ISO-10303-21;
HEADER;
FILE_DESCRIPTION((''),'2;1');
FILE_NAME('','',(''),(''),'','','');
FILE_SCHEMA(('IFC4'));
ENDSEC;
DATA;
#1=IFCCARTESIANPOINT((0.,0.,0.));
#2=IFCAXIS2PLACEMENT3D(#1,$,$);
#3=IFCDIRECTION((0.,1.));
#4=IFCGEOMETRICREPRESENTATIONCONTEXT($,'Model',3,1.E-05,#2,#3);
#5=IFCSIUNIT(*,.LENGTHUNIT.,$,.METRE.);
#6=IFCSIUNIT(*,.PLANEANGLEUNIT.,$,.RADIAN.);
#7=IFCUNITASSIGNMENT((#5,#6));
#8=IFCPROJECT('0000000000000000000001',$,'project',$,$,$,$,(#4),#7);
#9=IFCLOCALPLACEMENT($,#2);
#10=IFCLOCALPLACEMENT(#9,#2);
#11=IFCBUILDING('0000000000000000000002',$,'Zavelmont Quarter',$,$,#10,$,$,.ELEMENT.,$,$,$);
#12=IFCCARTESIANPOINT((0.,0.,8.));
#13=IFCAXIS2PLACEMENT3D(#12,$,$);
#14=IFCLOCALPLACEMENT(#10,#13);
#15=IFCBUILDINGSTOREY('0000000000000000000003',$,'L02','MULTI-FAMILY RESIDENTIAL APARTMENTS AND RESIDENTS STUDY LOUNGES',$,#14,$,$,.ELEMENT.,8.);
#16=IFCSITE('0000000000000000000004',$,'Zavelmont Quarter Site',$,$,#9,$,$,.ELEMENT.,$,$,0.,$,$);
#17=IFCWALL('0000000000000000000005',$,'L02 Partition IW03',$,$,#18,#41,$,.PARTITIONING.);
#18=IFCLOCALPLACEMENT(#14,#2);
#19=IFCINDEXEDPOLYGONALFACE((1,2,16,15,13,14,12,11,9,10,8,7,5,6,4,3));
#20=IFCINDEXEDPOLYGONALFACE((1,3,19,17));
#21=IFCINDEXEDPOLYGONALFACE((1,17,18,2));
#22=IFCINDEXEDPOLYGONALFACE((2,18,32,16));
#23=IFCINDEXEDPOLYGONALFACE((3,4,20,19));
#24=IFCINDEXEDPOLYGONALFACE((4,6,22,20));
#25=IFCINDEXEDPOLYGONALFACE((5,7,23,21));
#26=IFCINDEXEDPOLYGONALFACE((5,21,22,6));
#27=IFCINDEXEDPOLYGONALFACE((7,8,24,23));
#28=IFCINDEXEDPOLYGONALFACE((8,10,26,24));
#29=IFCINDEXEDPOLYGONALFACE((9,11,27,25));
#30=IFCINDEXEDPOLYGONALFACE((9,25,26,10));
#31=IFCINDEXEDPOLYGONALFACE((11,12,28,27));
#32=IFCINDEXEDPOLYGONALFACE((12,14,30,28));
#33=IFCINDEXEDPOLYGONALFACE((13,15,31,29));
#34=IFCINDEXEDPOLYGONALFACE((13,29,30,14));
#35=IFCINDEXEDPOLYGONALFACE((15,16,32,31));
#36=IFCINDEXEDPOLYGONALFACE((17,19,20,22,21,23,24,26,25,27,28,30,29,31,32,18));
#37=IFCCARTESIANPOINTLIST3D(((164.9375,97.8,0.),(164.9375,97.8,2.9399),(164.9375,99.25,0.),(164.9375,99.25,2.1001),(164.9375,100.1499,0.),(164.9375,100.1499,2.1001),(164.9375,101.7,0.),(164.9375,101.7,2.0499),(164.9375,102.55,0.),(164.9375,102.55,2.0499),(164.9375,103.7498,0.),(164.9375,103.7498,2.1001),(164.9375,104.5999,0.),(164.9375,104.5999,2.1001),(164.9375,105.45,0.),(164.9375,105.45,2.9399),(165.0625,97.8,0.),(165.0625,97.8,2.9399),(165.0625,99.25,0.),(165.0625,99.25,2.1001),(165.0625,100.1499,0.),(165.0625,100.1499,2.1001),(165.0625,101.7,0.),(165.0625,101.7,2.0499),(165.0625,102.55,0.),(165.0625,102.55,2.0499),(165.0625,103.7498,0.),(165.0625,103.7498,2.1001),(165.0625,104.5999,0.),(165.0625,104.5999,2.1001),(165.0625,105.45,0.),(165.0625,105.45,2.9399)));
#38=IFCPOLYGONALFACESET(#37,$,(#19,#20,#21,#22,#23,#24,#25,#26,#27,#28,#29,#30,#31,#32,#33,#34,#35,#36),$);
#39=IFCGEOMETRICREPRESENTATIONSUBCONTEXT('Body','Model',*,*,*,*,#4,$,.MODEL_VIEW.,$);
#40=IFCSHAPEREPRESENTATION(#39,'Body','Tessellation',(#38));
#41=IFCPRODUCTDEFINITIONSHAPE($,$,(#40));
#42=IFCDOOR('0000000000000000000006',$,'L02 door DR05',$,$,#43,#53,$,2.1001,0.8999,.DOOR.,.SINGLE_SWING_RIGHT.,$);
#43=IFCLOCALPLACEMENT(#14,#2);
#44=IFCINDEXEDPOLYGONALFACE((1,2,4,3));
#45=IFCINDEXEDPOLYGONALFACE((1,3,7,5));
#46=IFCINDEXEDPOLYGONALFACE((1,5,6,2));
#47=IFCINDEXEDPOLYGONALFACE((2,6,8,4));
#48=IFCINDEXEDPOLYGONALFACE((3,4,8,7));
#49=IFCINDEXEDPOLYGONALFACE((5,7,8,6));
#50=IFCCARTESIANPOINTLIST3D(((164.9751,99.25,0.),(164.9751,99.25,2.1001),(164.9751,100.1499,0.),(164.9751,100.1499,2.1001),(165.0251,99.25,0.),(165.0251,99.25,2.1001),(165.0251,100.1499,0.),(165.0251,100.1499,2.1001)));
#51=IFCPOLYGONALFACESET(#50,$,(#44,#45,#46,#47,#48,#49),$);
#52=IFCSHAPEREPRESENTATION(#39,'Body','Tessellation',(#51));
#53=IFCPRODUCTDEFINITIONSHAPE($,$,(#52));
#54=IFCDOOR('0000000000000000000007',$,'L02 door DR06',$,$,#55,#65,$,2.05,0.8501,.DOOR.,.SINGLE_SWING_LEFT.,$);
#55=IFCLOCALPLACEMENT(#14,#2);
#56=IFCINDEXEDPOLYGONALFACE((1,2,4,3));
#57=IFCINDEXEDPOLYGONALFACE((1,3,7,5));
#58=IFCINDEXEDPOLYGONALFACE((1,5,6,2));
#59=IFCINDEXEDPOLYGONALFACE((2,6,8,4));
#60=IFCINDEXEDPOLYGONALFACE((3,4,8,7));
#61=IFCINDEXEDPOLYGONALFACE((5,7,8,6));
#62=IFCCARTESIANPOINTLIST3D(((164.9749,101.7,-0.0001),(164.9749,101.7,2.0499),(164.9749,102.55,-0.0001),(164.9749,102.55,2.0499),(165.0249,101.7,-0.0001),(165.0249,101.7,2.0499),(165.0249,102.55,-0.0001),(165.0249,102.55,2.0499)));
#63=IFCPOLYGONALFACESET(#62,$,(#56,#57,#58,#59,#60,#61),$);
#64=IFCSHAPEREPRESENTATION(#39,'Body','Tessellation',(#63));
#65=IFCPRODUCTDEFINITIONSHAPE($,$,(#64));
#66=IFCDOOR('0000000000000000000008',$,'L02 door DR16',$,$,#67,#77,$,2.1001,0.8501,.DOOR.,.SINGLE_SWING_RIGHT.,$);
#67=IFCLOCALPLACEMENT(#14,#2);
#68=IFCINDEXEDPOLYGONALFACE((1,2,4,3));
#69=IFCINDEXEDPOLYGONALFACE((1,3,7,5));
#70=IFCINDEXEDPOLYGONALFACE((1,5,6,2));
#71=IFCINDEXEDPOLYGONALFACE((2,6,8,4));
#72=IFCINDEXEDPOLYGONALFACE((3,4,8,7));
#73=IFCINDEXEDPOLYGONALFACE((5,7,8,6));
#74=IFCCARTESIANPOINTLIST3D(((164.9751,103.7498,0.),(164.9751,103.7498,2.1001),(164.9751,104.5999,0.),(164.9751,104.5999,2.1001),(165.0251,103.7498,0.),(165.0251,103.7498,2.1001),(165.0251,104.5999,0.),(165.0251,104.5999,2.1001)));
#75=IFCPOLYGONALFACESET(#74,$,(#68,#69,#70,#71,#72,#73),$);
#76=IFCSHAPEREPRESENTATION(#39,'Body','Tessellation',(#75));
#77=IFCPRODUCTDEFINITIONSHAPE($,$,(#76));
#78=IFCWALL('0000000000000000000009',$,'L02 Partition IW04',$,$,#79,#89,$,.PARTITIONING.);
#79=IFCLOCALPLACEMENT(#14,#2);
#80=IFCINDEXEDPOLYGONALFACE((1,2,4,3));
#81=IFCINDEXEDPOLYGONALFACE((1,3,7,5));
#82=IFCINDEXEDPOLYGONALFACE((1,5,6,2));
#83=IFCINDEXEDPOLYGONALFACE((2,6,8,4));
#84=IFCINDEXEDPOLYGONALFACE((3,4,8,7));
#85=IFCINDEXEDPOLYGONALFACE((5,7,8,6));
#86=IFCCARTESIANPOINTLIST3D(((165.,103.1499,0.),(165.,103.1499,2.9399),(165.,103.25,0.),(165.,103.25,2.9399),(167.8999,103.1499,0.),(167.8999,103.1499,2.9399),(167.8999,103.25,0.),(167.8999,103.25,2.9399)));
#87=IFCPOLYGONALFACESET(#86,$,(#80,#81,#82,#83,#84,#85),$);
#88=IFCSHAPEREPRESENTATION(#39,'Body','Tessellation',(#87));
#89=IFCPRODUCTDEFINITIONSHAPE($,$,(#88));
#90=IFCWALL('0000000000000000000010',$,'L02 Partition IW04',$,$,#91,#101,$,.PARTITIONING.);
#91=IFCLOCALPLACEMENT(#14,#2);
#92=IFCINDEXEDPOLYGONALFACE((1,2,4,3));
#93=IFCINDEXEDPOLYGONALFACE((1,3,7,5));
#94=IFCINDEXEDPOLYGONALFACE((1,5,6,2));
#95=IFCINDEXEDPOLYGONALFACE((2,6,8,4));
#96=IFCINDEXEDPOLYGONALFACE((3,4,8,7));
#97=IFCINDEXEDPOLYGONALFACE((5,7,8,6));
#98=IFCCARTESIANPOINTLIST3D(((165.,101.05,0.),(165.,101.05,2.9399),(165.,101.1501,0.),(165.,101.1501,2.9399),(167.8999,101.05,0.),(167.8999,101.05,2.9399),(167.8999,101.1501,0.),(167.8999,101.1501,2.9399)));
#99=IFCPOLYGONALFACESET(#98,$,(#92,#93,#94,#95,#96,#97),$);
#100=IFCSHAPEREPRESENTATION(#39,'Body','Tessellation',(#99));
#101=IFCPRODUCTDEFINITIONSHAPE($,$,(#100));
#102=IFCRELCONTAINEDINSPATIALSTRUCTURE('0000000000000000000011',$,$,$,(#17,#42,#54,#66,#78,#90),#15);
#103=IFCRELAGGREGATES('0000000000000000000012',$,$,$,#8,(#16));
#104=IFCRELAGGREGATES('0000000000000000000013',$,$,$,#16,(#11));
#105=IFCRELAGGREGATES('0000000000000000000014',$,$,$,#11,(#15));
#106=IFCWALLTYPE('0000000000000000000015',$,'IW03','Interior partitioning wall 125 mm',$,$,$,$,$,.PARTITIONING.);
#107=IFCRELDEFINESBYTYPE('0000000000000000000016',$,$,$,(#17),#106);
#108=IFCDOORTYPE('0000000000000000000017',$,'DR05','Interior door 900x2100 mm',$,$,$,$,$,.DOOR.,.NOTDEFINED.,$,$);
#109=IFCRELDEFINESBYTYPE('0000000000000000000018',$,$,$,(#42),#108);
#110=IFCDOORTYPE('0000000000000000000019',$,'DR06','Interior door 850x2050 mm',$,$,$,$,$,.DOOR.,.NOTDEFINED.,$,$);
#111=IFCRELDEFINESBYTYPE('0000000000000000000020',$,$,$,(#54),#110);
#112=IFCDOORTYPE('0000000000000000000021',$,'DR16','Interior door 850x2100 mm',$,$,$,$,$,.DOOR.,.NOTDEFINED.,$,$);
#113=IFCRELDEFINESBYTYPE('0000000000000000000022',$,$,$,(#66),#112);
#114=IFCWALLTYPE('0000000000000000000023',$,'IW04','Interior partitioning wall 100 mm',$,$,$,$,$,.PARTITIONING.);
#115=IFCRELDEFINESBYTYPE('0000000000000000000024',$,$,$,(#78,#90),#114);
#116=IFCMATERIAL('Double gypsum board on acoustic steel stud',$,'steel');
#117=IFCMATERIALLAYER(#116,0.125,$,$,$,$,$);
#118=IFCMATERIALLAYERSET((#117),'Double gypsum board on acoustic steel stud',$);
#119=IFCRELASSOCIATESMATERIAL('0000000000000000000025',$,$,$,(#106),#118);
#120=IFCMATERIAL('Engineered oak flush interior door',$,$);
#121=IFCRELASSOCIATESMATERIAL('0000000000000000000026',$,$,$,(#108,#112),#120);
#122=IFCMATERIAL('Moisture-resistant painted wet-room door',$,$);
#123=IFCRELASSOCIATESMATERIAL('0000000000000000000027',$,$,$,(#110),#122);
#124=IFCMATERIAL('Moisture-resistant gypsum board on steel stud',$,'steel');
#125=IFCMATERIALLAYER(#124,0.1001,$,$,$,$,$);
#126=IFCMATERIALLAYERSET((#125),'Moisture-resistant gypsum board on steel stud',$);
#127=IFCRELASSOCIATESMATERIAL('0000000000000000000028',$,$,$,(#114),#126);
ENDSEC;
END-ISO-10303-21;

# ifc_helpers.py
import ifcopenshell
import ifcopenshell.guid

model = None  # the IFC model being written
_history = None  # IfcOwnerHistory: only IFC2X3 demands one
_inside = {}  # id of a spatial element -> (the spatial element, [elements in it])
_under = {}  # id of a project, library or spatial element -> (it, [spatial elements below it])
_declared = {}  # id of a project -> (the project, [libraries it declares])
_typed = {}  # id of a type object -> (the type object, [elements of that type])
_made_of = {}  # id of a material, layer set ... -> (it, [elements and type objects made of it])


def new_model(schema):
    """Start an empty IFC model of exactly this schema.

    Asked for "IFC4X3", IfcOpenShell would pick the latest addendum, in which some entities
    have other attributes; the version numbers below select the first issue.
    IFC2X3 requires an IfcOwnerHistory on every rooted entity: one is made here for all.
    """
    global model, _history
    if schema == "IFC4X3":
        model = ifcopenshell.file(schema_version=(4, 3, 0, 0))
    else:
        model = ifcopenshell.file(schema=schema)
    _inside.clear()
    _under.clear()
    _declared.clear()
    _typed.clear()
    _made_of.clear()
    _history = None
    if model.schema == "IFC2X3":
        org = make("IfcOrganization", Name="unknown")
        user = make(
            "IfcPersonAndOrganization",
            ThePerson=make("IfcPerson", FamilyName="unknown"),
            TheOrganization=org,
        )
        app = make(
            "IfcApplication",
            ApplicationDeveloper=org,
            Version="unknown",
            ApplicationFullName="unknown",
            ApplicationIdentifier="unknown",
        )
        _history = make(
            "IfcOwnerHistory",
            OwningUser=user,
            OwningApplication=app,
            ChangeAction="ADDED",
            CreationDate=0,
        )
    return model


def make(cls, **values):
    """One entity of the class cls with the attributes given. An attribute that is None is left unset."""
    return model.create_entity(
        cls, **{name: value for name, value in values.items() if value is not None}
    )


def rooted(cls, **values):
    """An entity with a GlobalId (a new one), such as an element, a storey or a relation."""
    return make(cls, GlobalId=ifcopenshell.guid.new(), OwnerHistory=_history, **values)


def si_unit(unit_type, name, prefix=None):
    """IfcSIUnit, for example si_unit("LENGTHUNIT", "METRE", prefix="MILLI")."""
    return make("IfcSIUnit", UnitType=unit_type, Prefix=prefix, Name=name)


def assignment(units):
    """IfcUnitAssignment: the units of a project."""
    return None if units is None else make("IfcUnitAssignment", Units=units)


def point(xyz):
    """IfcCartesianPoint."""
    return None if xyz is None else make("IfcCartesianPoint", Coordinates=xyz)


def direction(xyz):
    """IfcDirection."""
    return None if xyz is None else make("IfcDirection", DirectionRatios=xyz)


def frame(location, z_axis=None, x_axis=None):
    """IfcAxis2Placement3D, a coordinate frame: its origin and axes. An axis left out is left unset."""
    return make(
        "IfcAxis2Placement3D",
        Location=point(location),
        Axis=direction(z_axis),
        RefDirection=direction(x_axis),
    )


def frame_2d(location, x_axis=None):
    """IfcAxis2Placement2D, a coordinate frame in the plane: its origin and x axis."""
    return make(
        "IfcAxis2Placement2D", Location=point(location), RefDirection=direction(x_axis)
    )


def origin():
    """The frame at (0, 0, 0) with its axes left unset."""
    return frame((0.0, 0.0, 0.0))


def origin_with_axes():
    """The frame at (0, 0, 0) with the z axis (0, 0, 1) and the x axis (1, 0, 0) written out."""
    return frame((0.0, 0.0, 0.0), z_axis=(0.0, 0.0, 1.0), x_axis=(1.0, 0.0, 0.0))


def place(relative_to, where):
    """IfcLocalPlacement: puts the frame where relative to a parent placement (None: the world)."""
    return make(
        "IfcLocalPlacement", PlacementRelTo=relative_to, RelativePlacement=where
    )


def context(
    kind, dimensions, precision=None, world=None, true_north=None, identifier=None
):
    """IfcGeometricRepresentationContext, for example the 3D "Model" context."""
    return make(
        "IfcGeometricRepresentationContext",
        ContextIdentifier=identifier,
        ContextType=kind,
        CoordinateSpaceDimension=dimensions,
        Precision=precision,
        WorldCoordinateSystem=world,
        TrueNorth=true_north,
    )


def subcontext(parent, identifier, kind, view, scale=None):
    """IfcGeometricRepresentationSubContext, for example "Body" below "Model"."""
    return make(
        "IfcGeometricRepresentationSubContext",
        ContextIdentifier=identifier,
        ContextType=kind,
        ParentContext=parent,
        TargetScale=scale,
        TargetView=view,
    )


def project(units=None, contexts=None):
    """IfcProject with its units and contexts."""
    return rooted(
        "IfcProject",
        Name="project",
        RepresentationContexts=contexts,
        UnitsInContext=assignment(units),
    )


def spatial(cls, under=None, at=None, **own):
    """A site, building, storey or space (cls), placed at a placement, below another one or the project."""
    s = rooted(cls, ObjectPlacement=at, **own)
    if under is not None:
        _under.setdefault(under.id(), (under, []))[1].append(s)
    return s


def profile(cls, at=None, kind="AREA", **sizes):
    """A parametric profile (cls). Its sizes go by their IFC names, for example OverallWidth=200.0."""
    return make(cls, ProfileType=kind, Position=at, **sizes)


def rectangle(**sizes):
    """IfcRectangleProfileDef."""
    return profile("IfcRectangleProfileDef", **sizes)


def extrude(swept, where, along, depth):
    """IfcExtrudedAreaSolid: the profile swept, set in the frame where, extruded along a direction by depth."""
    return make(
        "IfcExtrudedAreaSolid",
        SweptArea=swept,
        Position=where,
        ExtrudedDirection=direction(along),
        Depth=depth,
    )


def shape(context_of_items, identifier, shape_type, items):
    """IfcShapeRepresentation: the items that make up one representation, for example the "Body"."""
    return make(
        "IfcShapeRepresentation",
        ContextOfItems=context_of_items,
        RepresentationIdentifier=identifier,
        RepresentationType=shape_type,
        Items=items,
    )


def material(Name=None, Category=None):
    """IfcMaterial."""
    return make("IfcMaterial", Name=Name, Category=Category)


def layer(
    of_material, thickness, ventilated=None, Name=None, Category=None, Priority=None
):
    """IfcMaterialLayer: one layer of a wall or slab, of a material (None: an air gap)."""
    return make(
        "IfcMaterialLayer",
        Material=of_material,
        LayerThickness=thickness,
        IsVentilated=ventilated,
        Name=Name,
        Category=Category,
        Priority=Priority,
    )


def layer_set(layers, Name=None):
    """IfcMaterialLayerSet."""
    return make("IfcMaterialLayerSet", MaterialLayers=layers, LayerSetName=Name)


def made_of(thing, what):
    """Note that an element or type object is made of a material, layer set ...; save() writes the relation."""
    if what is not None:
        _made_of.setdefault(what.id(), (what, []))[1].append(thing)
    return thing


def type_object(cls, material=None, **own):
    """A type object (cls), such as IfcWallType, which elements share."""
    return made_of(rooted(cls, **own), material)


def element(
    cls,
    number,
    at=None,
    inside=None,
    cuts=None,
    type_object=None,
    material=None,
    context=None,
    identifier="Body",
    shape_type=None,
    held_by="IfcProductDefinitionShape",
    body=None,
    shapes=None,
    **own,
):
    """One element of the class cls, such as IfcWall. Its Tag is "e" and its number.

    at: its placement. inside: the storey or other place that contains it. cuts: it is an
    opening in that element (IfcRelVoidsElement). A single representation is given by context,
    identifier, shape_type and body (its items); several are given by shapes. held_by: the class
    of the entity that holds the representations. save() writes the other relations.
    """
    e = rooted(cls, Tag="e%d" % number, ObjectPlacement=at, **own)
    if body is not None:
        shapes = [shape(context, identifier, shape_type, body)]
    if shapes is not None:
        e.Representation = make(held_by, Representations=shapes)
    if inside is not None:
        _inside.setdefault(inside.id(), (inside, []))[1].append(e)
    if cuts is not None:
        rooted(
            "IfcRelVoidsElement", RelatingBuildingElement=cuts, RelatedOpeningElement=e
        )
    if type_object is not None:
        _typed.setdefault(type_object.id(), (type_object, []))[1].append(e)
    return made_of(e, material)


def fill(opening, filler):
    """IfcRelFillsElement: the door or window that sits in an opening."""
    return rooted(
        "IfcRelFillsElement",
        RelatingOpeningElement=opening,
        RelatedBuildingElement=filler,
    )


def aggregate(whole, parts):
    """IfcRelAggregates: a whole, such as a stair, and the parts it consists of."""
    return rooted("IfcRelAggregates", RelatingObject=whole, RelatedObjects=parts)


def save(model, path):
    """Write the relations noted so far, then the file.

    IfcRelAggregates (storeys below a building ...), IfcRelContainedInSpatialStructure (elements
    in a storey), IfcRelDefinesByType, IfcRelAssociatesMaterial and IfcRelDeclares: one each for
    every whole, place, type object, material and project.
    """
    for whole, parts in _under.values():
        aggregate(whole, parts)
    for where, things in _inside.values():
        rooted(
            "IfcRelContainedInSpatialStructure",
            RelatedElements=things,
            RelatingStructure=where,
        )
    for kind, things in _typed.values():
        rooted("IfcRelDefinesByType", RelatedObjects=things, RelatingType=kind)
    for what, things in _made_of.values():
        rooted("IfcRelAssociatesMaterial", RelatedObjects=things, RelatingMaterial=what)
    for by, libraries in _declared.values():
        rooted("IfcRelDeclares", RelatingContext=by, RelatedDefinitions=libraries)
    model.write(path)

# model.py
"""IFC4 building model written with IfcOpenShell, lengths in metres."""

from ifc_helpers import new_model, si_unit, direction, frame, frame_2d, origin, origin_with_axes, place, context, subcontext, project, spatial, rectangle, extrude, material, layer, layer_set, type_object, element, fill, save


model = new_model("IFC4")

# Units and contexts
model_context = context("Model", 3, precision=1e-05, world=origin(), true_north=direction((0.0, 1.0)))
body_context = subcontext(model_context, "Body", "Model", "MODEL_VIEW")
ifc_project = project(units=[si_unit("LENGTHUNIT", "METRE"), si_unit("PLANEANGLEUNIT", "RADIAN")], contexts=[model_context])

# Site, building, storey
site_placement = place(None, origin())
site = spatial("IfcSite", under=ifc_project, at=site_placement, Name="Zavelmont Quarter Site", CompositionType="ELEMENT", RefElevation=0.0)
building_placement = place(site_placement, origin())
building = spatial("IfcBuilding", under=site, at=building_placement, Name="Zavelmont Quarter", CompositionType="ELEMENT")
storey_placement = place(building_placement, frame((0.0, 0.0, 8.0)))
storey = spatial("IfcBuildingStorey", under=building, at=storey_placement, Name="L02", Description="MULTI-FAMILY RESIDENTIAL APARTMENTS AND RESIDENTS STUDY LOUNGES", CompositionType="ELEMENT", Elevation=8.0)

# Wall, openings, doors
ifc_material_1 = material(Name="Double gypsum board on acoustic steel stud", Category="steel")
ifc_layer_1 = layer(ifc_material_1, 0.125)
ifc_layer_set_1 = layer_set([ifc_layer_1], Name="Double gypsum board on acoustic steel stud")
wall_type_1 = type_object("IfcWallType", Name="IW03", Description="Interior partitioning wall 125 mm", PredefinedType="PARTITIONING", material=ifc_layer_set_1)
wall_1_placement = place(storey_placement, frame((165.0, 105.45, 0.0), z_axis=(0.0, 0.0, 1.0), x_axis=(0.0, -1.0, 0.0)))
wall_1 = element("IfcWall", 1, at=wall_1_placement, inside=storey, type_object=wall_type_1, Name="L02 Partition IW03", PredefinedType="PARTITIONING", context=body_context, shape_type="SweptSolid", body=[
    extrude(rectangle(XDim=7.6499, YDim=0.125, at=frame_2d((3.825, 0.0))), origin(), (0.0, 0.0, 1.0), 2.9399),
])
opening_1_placement = place(wall_1_placement, frame((0.8501, 0.0, 0.0)))
opening_1 = element("IfcOpeningElement", 2, at=opening_1_placement, cuts=wall_1, PredefinedType="OPENING", context=body_context, shape_type="SweptSolid", body=[
    extrude(rectangle(XDim=0.8501, YDim=2.1001, at=frame_2d((0.425, 1.05))), frame((0.0, 0.0745, 0.0), z_axis=(0.0, -1.0, 0.0), x_axis=(1.0, 0.0, 0.0)), (0.0, 0.0, 1.0), 0.1489),
])
opening_2_placement = place(wall_1_placement, frame((2.8999, 0.0, 0.0)))
opening_2 = element("IfcOpeningElement", 3, at=opening_2_placement, cuts=wall_1, PredefinedType="OPENING", context=body_context, shape_type="SweptSolid", body=[
    extrude(rectangle(XDim=0.8501, YDim=2.05, at=frame_2d((0.425, 1.0249))), frame((0.0, 0.0745, 0.0), z_axis=(0.0, -1.0, 0.0), x_axis=(1.0, 0.0, 0.0)), (0.0, 0.0, 1.0), 0.1489),
])
opening_3_placement = place(wall_1_placement, frame((5.3, 0.0, 0.0)))
opening_3 = element("IfcOpeningElement", 4, at=opening_3_placement, cuts=wall_1, PredefinedType="OPENING", context=body_context, shape_type="SweptSolid", body=[
    extrude(rectangle(XDim=0.8999, YDim=2.1001, at=frame_2d((0.45, 1.05))), frame((0.0, 0.0745, 0.0), z_axis=(0.0, -1.0, 0.0), x_axis=(1.0, 0.0, 0.0)), (0.0, 0.0, 1.0), 0.1489),
])
ifc_material_2 = material(Name="Engineered oak flush interior door")
door_type_1 = type_object("IfcDoorType", Name="DR05", Description="Interior door 900x2100 mm", OperationType="NOTDEFINED", PredefinedType="DOOR", material=ifc_material_2)
door_1_placement = place(opening_3_placement, frame((0.8999, 0.0, 0.0), z_axis=(0.0, 0.0, 1.0), x_axis=(-1.0, 0.0, 0.0)))
door_1 = element("IfcDoor", 5, at=door_1_placement, inside=storey, type_object=door_type_1, Name="L02 door DR05", OperationType="SINGLE_SWING_RIGHT", OverallHeight=2.1001, OverallWidth=0.8999, PredefinedType="DOOR", context=body_context, shape_type="SweptSolid", body=[
    extrude(rectangle(XDim=0.8999, YDim=2.1001, at=frame_2d((0.45, 1.05))), frame((0.0, 0.0249, 0.0), z_axis=(0.0, -1.0, 0.0), x_axis=(1.0, 0.0, 0.0)), (0.0, 0.0, 1.0), 0.05),
])
fill(opening_3, door_1)
ifc_material_3 = material(Name="Moisture-resistant painted wet-room door")
door_type_2 = type_object("IfcDoorType", Name="DR06", Description="Interior door 850x2050 mm", OperationType="NOTDEFINED", PredefinedType="DOOR", material=ifc_material_3)
door_2_placement = place(opening_2_placement, origin_with_axes())
door_2 = element("IfcDoor", 6, at=door_2_placement, inside=storey, type_object=door_type_2, Name="L02 door DR06", OperationType="SINGLE_SWING_LEFT", OverallHeight=2.05, OverallWidth=0.8501, PredefinedType="DOOR", context=body_context, shape_type="SweptSolid", body=[
    extrude(rectangle(XDim=0.8501, YDim=2.05, at=frame_2d((0.425, 1.0249))), frame((0.0, 0.0249, 0.0), z_axis=(0.0, -1.0, 0.0), x_axis=(1.0, 0.0, 0.0)), (0.0, 0.0, 1.0), 0.05),
])
fill(opening_2, door_2)
door_type_3 = type_object("IfcDoorType", Name="DR16", Description="Interior door 850x2100 mm", OperationType="NOTDEFINED", PredefinedType="DOOR", material=ifc_material_2)
door_3_placement = place(opening_1_placement, frame((0.8501, 0.0, 0.0), z_axis=(0.0, 0.0, 1.0), x_axis=(-1.0, 0.0, 0.0)))
door_3 = element("IfcDoor", 7, at=door_3_placement, inside=storey, type_object=door_type_3, Name="L02 door DR16", OperationType="SINGLE_SWING_RIGHT", OverallHeight=2.1001, OverallWidth=0.8501, PredefinedType="DOOR", context=body_context, shape_type="SweptSolid", body=[
    extrude(rectangle(XDim=0.8501, YDim=2.1001, at=frame_2d((0.425, 1.05))), frame((0.0, 0.0249, 0.0), z_axis=(0.0, -1.0, 0.0), x_axis=(1.0, 0.0, 0.0)), (0.0, 0.0, 1.0), 0.05),
])
fill(opening_1, door_3)

# Walls
ifc_material_4 = material(Name="Moisture-resistant gypsum board on steel stud", Category="steel")
ifc_layer_2 = layer(ifc_material_4, 0.1001)
ifc_layer_set_2 = layer_set([ifc_layer_2], Name="Moisture-resistant gypsum board on steel stud")
wall_type_2 = type_object("IfcWallType", Name="IW04", Description="Interior partitioning wall 100 mm", PredefinedType="PARTITIONING", material=ifc_layer_set_2)
for number, where, z_axis, x_axis, name in (
    (8, (165.0, 103.2, 0.0), (0.0, 0.0, 1.0), (1.0, 0.0, 0.0), "L02 Partition IW04"),
    (9, (165.0, 101.1001, 0.0), (0.0, 0.0, 1.0), (1.0, 0.0, 0.0), "L02 Partition IW04"),
):
    element("IfcWall", number, at=place(storey_placement, frame(where, z_axis=z_axis, x_axis=x_axis)), inside=storey, type_object=wall_type_2, Name=name, PredefinedType="PARTITIONING", context=body_context, shape_type="SweptSolid", body=[
        extrude(rectangle(XDim=2.8999, YDim=0.1001, at=frame_2d((1.45, 0.0))), origin(), (0.0, 0.0, 1.0), 2.9399),
    ])

save(model, "model.ifc")
